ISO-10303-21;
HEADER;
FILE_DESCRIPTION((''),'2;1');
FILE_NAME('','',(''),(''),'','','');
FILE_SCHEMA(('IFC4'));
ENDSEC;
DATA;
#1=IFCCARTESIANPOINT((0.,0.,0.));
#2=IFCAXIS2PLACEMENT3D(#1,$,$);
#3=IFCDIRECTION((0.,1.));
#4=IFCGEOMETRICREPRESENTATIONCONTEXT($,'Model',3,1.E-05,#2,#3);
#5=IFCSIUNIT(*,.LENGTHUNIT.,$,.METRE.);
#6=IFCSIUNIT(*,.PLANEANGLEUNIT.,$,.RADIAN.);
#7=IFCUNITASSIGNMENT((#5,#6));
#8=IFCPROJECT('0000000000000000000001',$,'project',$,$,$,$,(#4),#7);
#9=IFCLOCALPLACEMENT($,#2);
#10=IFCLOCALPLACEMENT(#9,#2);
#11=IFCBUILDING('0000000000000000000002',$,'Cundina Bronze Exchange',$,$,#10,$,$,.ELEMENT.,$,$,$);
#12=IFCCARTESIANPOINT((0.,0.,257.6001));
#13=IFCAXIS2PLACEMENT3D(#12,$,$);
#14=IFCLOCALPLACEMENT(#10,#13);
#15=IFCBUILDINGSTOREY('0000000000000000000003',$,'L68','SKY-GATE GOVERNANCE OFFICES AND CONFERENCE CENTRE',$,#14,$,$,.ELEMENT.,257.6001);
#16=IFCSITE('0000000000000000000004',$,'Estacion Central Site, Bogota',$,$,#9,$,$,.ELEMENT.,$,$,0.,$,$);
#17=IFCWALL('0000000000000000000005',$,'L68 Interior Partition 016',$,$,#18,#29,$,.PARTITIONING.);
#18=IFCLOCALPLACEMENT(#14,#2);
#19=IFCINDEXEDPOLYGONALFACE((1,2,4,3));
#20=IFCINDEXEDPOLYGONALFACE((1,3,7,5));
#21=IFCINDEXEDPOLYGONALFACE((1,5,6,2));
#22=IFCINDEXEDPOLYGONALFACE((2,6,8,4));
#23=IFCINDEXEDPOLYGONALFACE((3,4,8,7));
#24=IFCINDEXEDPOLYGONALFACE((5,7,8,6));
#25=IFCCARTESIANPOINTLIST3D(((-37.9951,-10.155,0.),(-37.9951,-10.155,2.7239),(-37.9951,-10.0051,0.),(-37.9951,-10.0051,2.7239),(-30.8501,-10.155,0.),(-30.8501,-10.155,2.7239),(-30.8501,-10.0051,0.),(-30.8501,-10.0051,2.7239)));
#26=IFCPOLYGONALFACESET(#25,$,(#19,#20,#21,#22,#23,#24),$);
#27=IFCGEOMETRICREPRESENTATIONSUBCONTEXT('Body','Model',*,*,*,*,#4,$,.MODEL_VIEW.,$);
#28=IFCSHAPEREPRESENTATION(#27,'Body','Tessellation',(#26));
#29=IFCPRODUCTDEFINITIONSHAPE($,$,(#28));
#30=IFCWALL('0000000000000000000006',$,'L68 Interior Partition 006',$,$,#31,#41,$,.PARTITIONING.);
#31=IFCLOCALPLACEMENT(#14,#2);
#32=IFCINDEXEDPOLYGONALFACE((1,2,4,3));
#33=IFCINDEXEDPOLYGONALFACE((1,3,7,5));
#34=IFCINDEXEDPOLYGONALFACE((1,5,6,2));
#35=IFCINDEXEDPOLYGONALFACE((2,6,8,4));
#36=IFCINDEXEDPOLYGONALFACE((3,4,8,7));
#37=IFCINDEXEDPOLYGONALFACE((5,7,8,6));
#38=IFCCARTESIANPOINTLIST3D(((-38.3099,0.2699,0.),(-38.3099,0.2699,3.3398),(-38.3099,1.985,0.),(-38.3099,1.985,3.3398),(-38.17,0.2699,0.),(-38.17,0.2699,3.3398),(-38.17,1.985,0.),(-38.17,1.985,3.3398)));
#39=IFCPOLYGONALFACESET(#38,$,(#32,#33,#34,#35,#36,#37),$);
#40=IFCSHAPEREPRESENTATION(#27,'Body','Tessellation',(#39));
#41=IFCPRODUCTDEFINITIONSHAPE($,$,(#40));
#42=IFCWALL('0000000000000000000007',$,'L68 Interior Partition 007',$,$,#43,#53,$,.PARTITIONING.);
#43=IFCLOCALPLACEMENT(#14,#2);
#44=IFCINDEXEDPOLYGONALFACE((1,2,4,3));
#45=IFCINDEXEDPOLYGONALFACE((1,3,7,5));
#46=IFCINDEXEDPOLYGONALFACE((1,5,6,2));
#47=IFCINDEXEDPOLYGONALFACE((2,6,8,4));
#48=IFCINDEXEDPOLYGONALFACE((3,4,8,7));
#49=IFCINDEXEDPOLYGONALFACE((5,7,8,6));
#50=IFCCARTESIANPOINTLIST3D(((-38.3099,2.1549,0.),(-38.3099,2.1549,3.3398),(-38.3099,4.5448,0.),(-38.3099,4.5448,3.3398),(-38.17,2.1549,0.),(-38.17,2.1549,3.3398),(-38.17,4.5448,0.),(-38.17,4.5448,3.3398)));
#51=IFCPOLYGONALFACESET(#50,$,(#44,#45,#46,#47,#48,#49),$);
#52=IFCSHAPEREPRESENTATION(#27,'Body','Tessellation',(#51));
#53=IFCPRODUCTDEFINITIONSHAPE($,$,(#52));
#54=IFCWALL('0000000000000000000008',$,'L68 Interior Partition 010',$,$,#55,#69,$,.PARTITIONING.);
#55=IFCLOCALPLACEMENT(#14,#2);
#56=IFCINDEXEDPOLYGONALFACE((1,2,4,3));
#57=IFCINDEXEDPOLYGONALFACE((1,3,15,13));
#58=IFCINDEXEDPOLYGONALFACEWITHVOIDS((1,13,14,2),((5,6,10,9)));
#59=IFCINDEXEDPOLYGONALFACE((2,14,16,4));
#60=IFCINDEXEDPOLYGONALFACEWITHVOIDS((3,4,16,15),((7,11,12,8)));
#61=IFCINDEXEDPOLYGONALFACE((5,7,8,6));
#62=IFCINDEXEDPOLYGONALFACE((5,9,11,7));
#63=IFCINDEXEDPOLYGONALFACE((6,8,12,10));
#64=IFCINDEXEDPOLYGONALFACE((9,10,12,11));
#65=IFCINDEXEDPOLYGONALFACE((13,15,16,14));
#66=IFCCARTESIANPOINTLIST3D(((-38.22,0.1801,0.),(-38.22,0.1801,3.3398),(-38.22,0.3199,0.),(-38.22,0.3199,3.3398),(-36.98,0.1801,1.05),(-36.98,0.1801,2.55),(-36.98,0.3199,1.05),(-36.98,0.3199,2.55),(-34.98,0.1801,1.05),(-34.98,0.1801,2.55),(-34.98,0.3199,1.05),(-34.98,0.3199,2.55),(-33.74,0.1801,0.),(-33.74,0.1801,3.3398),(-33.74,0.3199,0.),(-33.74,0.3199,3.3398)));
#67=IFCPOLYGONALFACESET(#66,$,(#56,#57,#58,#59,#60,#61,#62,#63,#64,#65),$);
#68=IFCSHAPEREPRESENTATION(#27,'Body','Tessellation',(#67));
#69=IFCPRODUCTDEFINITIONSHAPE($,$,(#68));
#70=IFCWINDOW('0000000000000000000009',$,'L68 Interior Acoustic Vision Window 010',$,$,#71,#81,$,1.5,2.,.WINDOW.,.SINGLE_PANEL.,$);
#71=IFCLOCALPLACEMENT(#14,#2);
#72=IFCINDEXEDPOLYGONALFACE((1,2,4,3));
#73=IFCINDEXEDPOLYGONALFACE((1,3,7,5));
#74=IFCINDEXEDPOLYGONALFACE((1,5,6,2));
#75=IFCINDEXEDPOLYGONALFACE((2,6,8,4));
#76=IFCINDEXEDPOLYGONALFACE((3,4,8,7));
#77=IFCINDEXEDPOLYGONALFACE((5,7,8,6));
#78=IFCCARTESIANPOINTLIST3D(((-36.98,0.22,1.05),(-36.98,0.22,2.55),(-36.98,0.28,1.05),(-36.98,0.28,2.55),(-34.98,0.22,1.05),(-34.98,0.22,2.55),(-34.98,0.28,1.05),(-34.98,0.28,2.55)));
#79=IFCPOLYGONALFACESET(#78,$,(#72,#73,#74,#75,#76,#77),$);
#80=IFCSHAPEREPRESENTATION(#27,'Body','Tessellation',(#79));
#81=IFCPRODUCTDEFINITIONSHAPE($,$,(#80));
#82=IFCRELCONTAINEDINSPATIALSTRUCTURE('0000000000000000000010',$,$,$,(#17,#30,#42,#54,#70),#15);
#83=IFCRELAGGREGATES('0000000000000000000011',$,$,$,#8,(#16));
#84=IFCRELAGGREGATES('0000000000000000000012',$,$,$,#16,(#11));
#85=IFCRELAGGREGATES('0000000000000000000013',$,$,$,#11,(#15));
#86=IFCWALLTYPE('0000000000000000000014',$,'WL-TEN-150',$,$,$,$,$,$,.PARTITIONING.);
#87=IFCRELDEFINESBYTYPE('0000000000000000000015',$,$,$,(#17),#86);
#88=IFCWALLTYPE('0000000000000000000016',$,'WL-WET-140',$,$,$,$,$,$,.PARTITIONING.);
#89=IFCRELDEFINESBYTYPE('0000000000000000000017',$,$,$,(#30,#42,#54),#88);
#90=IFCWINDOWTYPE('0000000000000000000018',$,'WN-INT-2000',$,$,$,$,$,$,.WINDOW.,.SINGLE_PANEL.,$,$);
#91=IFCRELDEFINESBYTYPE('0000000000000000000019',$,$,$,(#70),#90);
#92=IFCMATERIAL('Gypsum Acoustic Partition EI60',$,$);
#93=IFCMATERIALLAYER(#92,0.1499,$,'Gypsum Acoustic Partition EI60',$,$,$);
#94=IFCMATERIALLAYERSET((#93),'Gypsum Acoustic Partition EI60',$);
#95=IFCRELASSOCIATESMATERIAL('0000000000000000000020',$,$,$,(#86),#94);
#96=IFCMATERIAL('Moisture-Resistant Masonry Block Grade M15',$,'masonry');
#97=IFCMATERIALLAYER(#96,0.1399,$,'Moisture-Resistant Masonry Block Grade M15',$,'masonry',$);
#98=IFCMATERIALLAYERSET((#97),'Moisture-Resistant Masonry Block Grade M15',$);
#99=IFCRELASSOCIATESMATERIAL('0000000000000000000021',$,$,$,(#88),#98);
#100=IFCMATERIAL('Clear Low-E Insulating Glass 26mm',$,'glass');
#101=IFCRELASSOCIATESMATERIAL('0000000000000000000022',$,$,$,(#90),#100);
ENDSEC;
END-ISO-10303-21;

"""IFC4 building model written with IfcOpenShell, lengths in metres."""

from ifc_helpers import new_model, si_unit, direction, frame, frame_2d, origin, place, context, subcontext, project, spatial, rectangle, extrude, material, layer, layer_set, type_object, element, fill, save


model = new_model("IFC4")

# Units and contexts
model_context = context("Model", 3, precision=1e-05, world=origin(), true_north=direction((0.0, 1.0)))
body_context = subcontext(model_context, "Body", "Model", "MODEL_VIEW")
ifc_project = project(units=[si_unit("LENGTHUNIT", "METRE"), si_unit("PLANEANGLEUNIT", "RADIAN")], contexts=[model_context])

# Site, building, storey
site_placement = place(None, origin())
site = spatial("IfcSite", under=ifc_project, at=site_placement, Name="Estacion Central Site, Bogota", CompositionType="ELEMENT", RefElevation=0.0)
building_placement = place(site_placement, origin())
building = spatial("IfcBuilding", under=site, at=building_placement, Name="Cundina Bronze Exchange", CompositionType="ELEMENT")
storey_placement = place(building_placement, frame((0.0, 0.0, 257.6001)))
storey = spatial("IfcBuildingStorey", under=building, at=storey_placement, Name="L68", Description="SKY-GATE GOVERNANCE OFFICES AND CONFERENCE CENTRE", CompositionType="ELEMENT", Elevation=257.6001)

# Shared definitions
ifc_material_1 = material(Name="Gypsum Acoustic Partition EI60")

# Walls
ifc_layer_1 = layer(ifc_material_1, 0.1499, Name="Gypsum Acoustic Partition EI60")
ifc_layer_set_1 = layer_set([ifc_layer_1], Name="Gypsum Acoustic Partition EI60")
wall_type_1 = type_object("IfcWallType", Name="WL-TEN-150", PredefinedType="PARTITIONING", material=ifc_layer_set_1)
wall_1_placement = place(storey_placement, frame((-37.9951, -10.0801, 0.0), z_axis=(0.0, 0.0, 1.0), x_axis=(1.0, 0.0, 0.0)))
element("IfcWall", 1, at=wall_1_placement, inside=storey, type_object=wall_type_1, Name="L68 Interior Partition 016", PredefinedType="PARTITIONING", context=body_context, shape_type="SweptSolid", body=[
    extrude(rectangle(XDim=7.145, YDim=0.1499, at=frame_2d((3.5725, 0.0))), origin(), (0.0, 0.0, 1.0), 2.7239),
])
ifc_material_2 = material(Name="Moisture-Resistant Masonry Block Grade M15", Category="masonry")
ifc_layer_2 = layer(ifc_material_2, 0.1399, Name="Moisture-Resistant Masonry Block Grade M15", Category="masonry")
ifc_layer_set_2 = layer_set([ifc_layer_2], Name="Moisture-Resistant Masonry Block Grade M15")
wall_type_2 = type_object("IfcWallType", Name="WL-WET-140", PredefinedType="PARTITIONING", material=ifc_layer_set_2)
wall_2_placement = place(storey_placement, frame((-38.24, 0.27, 0.0), z_axis=(0.0, 0.0, 1.0), x_axis=(0.0, 1.0, 0.0)))
element("IfcWall", 2, at=wall_2_placement, inside=storey, type_object=wall_type_2, Name="L68 Interior Partition 006", PredefinedType="PARTITIONING", context=body_context, shape_type="SweptSolid", body=[
    extrude(rectangle(XDim=1.7151, YDim=0.1399, at=frame_2d((0.8574, 0.0))), origin(), (0.0, 0.0, 1.0), 3.3398),
])
wall_3_placement = place(storey_placement, frame((-38.24, 2.155, 0.0), z_axis=(0.0, 0.0, 1.0), x_axis=(0.0, 1.0, 0.0)))
element("IfcWall", 3, at=wall_3_placement, inside=storey, type_object=wall_type_2, Name="L68 Interior Partition 007", PredefinedType="PARTITIONING", context=body_context, shape_type="SweptSolid", body=[
    extrude(rectangle(XDim=2.3899, YDim=0.1399, at=frame_2d((1.1948, 0.0))), origin(), (0.0, 0.0, 1.0), 3.3398),
])

# Wall, opening, window
wall_4_placement = place(storey_placement, frame((-38.22, 0.25, 0.0), z_axis=(0.0, 0.0, 1.0), x_axis=(1.0, 0.0, 0.0)))
wall_4 = element("IfcWall", 4, at=wall_4_placement, inside=storey, type_object=wall_type_2, Name="L68 Interior Partition 010", PredefinedType="PARTITIONING", context=body_context, shape_type="SweptSolid", body=[
    extrude(rectangle(XDim=4.48, YDim=0.1399, at=frame_2d((2.24, 0.0))), origin(), (0.0, 0.0, 1.0), 3.3398),
])
opening_1_placement = place(wall_4_placement, frame((1.24, 0.0, 1.05)))
opening_1 = element("IfcOpeningElement", 5, at=opening_1_placement, cuts=wall_4, PredefinedType="OPENING", context=body_context, shape_type="SweptSolid", body=[
    extrude(rectangle(XDim=2.0, YDim=1.5, at=frame_2d((1.0, 0.75))), frame((0.0, 0.0798, 0.0), z_axis=(0.0, -1.0, 0.0), x_axis=(1.0, 0.0, 0.0)), (0.0, 0.0, 1.0), 0.1599),
])
ifc_material_3 = material(Name="Clear Low-E Insulating Glass 26mm", Category="glass")
window_type = type_object("IfcWindowType", Name="WN-INT-2000", PartitioningType="SINGLE_PANEL", PredefinedType="WINDOW", material=ifc_material_3)
window_placement = place(opening_1_placement, origin())
window = element("IfcWindow", 6, at=window_placement, inside=storey, type_object=window_type, Name="L68 Interior Acoustic Vision Window 010", OverallHeight=1.5, OverallWidth=2.0, PartitioningType="SINGLE_PANEL", PredefinedType="WINDOW", context=body_context, shape_type="SweptSolid", body=[
    extrude(rectangle(XDim=2.0, YDim=1.5, at=frame_2d((1.0, 0.75))), frame((0.0, 0.03, 0.0), z_axis=(0.0, -1.0, 0.0), x_axis=(1.0, 0.0, 0.0)), (0.0, 0.0, 1.0), 0.0601),
])
fill(opening_1, window)

save(model, "model.ifc")
